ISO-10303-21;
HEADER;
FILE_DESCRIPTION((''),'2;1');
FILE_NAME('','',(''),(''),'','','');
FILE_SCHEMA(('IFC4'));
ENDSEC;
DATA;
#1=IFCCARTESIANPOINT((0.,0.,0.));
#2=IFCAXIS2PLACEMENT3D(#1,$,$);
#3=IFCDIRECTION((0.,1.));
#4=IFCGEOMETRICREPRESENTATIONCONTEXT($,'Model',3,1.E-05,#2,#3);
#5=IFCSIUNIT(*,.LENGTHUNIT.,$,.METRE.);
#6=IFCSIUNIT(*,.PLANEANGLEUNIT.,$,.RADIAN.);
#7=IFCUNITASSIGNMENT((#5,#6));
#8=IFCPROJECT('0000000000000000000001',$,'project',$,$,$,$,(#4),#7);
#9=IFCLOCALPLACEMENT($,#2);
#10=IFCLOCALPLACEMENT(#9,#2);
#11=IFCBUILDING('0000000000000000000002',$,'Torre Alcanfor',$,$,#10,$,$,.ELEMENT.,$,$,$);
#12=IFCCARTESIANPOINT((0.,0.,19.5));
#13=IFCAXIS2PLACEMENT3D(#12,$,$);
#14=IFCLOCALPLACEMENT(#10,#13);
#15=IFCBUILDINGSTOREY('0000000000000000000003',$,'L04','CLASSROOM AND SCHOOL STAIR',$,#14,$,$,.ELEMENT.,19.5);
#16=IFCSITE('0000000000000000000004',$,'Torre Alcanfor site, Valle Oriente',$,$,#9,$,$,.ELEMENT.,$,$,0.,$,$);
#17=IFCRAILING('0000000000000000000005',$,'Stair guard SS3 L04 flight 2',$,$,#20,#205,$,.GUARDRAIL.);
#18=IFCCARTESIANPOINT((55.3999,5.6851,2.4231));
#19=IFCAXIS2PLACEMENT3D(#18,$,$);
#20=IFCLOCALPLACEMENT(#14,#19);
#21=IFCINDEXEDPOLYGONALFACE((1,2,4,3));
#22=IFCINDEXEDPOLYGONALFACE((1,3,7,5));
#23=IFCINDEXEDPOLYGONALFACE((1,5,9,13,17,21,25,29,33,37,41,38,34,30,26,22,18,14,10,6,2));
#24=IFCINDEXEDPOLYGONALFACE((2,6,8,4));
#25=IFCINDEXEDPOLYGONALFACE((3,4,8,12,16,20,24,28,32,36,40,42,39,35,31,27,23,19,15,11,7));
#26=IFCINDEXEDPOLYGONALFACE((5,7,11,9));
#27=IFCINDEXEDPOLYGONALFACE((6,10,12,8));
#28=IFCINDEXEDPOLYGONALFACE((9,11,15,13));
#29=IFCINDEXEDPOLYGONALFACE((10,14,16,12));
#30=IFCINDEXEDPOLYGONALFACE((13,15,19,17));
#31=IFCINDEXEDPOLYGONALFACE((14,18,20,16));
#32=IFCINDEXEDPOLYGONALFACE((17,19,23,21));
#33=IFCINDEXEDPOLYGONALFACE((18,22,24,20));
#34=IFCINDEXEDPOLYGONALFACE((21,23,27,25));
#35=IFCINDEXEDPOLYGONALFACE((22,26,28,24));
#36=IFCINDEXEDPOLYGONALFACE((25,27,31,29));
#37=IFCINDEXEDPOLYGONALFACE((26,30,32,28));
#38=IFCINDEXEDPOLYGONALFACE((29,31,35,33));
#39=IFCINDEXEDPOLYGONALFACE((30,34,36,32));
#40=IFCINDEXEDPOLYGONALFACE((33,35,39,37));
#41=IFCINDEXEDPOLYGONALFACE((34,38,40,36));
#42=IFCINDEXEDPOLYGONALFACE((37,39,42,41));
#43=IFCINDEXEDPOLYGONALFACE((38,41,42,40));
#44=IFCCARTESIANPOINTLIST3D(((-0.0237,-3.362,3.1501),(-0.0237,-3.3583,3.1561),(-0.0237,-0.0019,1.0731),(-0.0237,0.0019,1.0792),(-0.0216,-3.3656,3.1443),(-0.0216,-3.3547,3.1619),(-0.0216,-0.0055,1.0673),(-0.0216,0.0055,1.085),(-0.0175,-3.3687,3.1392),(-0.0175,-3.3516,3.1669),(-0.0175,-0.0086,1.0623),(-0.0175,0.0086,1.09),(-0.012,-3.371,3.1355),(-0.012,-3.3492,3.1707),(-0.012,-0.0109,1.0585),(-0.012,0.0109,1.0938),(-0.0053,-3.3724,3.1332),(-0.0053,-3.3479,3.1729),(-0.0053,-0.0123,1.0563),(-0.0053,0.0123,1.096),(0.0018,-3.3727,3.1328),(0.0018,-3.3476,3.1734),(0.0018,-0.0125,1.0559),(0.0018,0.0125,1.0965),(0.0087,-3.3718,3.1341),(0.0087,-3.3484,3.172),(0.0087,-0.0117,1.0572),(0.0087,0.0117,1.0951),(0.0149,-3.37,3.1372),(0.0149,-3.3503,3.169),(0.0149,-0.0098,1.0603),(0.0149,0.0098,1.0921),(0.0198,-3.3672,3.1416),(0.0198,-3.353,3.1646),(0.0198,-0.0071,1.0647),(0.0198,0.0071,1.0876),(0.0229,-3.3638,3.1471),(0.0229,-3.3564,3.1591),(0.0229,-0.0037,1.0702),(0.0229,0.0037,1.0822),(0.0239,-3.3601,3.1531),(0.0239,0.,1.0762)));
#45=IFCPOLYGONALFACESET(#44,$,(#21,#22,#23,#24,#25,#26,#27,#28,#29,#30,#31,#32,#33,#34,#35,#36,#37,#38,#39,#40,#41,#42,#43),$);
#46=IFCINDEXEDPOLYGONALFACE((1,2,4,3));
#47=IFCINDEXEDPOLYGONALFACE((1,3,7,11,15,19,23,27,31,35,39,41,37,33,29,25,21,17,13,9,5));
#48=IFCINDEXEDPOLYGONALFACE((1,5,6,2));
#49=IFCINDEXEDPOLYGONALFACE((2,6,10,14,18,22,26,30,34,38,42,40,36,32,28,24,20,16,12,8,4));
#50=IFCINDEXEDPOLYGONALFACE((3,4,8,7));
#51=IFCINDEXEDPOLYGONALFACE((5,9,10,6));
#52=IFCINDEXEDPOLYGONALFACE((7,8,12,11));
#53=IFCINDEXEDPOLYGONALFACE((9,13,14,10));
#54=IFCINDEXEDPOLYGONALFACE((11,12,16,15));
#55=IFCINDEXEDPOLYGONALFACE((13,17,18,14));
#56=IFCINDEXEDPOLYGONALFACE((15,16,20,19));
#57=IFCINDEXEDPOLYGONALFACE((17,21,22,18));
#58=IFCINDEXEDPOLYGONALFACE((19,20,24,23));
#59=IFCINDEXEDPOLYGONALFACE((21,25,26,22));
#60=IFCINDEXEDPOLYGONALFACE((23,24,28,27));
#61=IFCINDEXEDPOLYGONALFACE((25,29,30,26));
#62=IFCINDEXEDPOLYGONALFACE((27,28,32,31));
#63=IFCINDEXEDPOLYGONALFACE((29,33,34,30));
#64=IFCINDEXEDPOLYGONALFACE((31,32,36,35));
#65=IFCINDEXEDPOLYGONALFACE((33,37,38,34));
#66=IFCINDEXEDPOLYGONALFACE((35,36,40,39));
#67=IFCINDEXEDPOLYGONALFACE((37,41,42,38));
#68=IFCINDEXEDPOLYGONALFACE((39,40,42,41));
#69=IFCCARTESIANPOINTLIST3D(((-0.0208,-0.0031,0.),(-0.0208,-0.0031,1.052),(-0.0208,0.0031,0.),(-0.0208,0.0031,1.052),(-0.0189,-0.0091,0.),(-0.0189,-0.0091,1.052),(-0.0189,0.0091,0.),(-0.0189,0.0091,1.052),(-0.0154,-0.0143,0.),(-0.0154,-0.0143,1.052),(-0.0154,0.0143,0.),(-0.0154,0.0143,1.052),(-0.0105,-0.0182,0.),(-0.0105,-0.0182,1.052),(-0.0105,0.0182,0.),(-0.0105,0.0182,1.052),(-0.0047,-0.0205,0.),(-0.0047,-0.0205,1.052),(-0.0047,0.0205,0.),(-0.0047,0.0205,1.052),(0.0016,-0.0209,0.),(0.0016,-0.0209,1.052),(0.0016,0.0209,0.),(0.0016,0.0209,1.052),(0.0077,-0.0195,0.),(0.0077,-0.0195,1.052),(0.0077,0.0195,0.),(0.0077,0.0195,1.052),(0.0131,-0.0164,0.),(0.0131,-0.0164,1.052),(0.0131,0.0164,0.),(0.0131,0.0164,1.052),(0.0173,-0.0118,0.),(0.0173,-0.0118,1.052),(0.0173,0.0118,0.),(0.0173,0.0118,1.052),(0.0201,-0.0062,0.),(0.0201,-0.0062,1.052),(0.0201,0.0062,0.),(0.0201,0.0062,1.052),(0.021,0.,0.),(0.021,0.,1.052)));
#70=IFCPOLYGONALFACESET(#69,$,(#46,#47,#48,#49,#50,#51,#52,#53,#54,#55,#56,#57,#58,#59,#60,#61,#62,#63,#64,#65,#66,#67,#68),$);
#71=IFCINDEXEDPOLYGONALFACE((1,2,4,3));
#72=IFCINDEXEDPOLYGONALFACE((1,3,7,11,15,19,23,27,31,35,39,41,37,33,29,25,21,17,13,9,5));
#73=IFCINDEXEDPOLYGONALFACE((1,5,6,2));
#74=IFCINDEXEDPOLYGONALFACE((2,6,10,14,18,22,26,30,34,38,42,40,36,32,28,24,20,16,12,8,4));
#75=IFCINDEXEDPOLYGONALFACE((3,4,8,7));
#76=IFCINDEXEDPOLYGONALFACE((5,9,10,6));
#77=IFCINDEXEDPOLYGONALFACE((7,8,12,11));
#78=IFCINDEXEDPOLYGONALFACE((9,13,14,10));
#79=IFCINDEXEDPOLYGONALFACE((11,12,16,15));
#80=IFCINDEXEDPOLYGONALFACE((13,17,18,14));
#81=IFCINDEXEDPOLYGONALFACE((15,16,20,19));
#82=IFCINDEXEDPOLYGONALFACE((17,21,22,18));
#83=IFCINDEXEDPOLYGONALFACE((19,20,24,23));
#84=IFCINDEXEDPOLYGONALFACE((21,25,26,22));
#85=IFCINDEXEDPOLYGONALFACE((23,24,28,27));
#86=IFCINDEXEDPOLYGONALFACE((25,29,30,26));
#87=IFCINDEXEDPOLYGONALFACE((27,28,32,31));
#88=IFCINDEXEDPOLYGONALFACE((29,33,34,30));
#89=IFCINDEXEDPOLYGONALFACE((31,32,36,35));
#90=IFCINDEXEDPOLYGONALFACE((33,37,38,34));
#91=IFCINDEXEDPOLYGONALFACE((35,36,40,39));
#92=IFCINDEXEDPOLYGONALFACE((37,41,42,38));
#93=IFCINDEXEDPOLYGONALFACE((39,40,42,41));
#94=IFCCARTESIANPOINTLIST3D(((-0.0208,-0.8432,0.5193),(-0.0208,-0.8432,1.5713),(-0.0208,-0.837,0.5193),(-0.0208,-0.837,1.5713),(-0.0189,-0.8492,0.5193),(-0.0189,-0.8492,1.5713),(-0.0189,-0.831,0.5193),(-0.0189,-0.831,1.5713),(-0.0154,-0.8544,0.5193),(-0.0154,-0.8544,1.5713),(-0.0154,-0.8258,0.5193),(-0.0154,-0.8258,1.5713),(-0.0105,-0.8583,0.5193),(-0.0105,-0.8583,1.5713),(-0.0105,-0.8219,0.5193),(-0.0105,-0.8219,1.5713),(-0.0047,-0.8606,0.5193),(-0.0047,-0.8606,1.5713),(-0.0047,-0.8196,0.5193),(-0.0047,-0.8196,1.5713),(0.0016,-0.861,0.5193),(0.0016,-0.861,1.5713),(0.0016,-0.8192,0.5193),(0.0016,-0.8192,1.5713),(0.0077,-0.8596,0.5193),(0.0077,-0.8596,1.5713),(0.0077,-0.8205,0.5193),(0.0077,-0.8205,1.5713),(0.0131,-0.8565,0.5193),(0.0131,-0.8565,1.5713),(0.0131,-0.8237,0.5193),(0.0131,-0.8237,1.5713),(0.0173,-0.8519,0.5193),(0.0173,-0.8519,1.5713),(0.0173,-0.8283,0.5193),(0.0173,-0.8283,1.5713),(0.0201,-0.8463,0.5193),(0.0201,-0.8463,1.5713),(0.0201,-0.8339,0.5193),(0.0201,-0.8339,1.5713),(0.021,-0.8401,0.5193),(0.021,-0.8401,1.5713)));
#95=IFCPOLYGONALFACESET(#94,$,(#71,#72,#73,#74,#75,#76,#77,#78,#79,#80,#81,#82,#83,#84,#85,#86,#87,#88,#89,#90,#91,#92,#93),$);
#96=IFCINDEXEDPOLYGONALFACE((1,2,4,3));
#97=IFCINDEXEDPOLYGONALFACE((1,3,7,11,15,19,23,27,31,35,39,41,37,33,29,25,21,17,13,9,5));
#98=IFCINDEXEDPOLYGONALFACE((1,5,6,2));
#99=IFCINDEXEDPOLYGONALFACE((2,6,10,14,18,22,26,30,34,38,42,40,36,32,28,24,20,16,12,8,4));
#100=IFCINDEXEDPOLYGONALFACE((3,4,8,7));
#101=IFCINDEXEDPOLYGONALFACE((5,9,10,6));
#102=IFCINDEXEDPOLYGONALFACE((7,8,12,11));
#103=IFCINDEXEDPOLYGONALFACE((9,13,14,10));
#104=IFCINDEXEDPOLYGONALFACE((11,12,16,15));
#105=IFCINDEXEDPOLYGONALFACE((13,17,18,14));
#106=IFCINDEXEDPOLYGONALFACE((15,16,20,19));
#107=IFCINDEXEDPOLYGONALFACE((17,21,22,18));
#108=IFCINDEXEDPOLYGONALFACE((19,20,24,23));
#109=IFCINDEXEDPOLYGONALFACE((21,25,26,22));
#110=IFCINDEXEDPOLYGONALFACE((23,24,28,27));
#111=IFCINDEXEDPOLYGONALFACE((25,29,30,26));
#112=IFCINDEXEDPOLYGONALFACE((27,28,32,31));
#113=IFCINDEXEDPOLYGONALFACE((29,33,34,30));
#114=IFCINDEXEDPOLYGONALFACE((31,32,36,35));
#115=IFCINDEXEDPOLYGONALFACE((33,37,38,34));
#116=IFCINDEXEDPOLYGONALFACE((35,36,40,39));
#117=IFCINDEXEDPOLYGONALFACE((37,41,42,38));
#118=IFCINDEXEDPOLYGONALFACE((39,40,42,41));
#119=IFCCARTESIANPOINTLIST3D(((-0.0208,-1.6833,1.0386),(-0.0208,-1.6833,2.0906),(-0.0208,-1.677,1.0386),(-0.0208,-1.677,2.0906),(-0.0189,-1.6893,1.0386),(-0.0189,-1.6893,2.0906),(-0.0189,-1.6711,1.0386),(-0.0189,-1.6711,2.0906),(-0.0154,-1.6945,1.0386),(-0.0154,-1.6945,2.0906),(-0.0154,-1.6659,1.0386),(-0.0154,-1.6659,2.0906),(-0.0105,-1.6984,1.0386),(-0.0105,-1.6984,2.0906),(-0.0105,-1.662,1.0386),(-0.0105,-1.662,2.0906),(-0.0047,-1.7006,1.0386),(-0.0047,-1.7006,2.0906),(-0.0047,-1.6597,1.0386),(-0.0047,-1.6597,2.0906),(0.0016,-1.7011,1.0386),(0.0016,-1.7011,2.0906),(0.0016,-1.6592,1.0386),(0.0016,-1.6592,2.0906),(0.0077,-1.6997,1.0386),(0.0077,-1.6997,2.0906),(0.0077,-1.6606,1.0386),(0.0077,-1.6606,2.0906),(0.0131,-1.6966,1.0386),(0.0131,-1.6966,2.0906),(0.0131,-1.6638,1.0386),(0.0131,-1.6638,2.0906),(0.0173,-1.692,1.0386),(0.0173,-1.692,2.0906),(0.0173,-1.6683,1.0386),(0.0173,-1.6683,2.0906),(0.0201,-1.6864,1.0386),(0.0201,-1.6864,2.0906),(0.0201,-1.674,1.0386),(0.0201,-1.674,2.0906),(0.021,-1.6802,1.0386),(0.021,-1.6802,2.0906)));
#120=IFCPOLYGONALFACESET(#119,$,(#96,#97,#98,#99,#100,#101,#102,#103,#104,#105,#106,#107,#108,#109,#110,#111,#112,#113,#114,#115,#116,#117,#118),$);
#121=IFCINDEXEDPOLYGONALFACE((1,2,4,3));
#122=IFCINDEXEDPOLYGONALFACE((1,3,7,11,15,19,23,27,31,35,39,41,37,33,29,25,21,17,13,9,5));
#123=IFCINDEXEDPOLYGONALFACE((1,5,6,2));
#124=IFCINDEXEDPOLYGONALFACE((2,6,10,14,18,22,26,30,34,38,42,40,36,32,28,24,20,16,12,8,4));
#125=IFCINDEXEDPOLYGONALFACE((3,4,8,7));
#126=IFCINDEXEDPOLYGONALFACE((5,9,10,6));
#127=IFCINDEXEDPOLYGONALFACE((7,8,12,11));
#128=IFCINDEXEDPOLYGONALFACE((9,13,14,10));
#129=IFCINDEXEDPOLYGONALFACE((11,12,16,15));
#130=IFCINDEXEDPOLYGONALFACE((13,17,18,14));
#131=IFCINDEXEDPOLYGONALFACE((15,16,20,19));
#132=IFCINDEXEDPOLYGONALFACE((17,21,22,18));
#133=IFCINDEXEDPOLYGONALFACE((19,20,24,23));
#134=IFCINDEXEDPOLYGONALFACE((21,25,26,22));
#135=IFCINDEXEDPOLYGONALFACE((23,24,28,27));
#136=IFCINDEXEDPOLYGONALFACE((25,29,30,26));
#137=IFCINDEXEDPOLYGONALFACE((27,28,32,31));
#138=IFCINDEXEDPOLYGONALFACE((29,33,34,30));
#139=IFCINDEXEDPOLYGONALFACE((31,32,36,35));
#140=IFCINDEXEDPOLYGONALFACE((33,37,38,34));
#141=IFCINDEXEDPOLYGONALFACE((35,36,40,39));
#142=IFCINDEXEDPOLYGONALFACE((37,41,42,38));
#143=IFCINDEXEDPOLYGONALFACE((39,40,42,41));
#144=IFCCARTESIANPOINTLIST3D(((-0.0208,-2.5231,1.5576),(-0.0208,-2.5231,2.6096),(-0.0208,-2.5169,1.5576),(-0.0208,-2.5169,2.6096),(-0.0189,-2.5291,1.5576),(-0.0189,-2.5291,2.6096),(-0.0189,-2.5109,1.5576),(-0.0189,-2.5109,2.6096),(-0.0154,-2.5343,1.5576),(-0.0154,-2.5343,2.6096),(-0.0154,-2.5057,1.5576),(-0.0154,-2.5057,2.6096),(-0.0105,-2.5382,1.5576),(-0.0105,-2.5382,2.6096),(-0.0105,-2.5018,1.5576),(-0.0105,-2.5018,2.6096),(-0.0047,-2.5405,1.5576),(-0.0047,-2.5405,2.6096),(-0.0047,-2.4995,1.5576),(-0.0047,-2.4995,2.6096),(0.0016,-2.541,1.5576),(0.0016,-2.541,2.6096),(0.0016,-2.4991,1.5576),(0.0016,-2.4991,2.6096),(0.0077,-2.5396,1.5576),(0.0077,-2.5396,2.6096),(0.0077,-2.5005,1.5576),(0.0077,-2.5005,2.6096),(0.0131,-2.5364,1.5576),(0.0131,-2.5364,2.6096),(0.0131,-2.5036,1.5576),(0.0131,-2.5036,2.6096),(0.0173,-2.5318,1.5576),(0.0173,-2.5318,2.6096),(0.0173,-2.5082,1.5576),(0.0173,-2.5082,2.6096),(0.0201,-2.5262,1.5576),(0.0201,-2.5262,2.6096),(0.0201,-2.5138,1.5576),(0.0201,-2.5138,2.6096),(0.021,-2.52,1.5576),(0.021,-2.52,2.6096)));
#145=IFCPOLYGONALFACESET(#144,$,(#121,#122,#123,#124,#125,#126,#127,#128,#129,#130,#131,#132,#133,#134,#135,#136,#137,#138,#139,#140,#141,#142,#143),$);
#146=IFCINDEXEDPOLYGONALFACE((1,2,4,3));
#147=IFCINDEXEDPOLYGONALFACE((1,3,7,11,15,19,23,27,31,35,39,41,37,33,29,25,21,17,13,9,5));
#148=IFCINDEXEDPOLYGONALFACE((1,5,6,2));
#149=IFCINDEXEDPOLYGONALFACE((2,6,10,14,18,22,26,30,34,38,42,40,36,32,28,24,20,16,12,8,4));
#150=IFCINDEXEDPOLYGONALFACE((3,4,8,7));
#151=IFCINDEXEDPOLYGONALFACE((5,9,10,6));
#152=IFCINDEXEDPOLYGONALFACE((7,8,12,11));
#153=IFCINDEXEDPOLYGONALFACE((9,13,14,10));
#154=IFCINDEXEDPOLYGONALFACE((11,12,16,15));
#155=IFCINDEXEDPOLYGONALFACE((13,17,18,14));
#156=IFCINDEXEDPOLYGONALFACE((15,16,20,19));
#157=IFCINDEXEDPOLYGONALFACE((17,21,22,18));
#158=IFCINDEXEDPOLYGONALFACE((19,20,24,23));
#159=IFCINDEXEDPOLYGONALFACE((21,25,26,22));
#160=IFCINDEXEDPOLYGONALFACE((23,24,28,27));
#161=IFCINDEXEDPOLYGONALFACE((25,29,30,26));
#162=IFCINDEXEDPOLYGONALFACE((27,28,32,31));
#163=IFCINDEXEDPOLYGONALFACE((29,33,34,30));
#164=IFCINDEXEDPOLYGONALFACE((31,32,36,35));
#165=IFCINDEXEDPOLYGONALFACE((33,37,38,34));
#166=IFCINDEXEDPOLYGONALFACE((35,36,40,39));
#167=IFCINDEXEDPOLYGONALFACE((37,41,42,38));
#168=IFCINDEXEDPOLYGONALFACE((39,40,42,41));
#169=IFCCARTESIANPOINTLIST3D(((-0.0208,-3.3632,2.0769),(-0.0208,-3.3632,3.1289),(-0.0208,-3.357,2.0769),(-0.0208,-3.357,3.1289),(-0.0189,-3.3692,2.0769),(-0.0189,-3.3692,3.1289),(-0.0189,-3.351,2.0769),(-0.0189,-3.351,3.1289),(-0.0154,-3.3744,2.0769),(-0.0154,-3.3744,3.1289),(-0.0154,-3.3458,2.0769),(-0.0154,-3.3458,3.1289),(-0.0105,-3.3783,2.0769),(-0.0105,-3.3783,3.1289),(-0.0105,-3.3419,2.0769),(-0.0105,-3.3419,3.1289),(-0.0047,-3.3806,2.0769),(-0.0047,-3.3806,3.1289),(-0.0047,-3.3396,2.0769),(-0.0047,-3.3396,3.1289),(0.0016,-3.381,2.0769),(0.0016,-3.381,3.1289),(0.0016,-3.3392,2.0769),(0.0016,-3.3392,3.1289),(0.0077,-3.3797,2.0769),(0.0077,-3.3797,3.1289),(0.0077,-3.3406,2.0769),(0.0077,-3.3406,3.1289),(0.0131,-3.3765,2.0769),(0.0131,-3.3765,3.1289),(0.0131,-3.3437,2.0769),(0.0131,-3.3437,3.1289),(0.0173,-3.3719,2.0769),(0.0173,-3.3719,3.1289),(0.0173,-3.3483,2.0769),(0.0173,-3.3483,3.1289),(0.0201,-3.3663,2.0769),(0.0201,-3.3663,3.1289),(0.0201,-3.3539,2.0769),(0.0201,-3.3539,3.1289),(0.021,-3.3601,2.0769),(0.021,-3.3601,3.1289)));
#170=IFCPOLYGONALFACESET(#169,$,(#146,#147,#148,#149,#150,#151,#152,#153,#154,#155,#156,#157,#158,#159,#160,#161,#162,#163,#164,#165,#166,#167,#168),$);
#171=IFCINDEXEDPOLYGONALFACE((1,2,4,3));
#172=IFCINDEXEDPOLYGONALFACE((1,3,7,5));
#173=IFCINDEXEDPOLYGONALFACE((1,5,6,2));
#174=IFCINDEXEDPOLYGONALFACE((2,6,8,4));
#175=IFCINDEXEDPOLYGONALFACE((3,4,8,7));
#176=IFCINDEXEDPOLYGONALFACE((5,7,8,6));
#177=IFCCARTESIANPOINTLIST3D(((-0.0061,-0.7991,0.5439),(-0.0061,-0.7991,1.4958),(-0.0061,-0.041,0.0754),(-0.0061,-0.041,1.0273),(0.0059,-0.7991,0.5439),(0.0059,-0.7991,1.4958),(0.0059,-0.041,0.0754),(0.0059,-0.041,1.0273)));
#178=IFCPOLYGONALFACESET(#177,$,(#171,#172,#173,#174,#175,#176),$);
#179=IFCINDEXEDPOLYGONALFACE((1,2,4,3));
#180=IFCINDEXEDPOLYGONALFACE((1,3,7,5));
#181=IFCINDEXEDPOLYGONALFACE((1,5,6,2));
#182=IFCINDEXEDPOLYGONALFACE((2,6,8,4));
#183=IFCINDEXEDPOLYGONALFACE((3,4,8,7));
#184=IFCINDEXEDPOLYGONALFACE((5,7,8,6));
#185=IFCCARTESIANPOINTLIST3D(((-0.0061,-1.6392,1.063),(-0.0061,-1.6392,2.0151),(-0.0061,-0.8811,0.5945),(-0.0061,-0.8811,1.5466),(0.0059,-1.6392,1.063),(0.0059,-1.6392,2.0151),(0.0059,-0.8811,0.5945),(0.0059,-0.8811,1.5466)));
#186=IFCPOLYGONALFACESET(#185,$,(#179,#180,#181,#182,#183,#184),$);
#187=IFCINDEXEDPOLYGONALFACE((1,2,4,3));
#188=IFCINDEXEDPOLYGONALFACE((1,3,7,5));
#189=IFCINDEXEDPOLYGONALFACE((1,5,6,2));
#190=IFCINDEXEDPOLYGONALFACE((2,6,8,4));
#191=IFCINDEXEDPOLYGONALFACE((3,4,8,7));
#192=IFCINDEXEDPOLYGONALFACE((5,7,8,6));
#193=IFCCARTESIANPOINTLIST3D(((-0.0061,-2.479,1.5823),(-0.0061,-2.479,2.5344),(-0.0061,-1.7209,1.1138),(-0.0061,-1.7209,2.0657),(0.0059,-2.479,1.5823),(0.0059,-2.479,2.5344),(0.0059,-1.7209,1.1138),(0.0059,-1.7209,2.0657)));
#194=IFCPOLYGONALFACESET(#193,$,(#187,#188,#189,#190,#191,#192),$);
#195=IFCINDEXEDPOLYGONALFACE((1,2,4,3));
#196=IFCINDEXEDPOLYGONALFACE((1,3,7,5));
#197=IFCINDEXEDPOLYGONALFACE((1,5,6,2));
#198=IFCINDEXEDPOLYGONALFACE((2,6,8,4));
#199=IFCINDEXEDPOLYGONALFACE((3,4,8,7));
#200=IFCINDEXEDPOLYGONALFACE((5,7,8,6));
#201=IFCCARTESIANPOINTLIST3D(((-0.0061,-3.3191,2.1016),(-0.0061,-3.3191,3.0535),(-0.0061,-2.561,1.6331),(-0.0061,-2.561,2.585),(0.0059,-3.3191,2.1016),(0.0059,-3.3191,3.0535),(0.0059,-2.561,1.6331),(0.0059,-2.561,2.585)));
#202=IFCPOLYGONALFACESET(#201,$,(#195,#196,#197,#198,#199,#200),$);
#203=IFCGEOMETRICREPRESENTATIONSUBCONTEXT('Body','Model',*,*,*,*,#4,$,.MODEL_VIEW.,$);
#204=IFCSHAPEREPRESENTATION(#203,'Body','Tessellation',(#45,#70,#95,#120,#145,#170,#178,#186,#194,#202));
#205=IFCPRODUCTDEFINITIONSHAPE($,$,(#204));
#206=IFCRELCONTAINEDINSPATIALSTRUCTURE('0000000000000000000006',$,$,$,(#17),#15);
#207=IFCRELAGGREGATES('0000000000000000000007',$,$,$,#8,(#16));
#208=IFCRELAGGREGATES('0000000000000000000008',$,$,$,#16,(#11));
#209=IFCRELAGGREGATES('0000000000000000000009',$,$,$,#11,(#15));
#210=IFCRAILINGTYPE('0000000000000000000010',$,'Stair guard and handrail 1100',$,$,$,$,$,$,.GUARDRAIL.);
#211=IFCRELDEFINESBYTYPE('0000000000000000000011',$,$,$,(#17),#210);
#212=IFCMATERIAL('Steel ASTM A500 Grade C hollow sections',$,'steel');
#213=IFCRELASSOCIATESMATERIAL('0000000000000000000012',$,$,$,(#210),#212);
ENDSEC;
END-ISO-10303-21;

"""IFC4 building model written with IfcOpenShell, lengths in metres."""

from ifc_helpers import new_model, si_unit, direction, frame, origin, origin_2d, place, context, subcontext, project, spatial, polyline, circle, outline, extrude, material, type_object, element, save


model = new_model("IFC4")

# Units and contexts
model_context = context("Model", 3, precision=1e-05, world=origin(), true_north=direction((0.0, 1.0)))
body_context = subcontext(model_context, "Body", "Model", "MODEL_VIEW")
ifc_project = project(units=[si_unit("LENGTHUNIT", "METRE"), si_unit("PLANEANGLEUNIT", "RADIAN")], contexts=[model_context])

# Site, building, storey
site_placement = place(None, origin())
site = spatial("IfcSite", under=ifc_project, at=site_placement, Name="Torre Alcanfor site, Valle Oriente", CompositionType="ELEMENT", RefElevation=0.0)
building_placement = place(site_placement, origin())
building = spatial("IfcBuilding", under=site, at=building_placement, Name="Torre Alcanfor", CompositionType="ELEMENT")
storey_placement = place(building_placement, frame((0.0, 0.0, 19.5)))
storey = spatial("IfcBuildingStorey", under=building, at=storey_placement, Name="L04", Description="CLASSROOM AND SCHOOL STAIR", CompositionType="ELEMENT", Elevation=19.5)

# Railing
ifc_material_1 = material(Name="Steel ASTM A500 Grade C hollow sections", Category="steel")
railing_type_1 = type_object("IfcRailingType", Name="Stair guard and handrail 1100", PredefinedType="GUARDRAIL", material=ifc_material_1)
railing_1_placement = place(storey_placement, frame((55.3999, 5.6851, 2.4231)))
element("IfcRailing", 1, at=railing_1_placement, inside=storey, type_object=railing_type_1, Name="Stair guard SS3 L04 flight 2", PredefinedType="GUARDRAIL", context=body_context, shape_type="SweptSolid", body=[
    extrude(circle(Radius=0.0239, at=origin_2d()), frame((0.0, 0.0, 1.0762), z_axis=(0.0, -0.850623, 0.525776), x_axis=(1.0, 0.0, 0.0)), (0.0, 0.0, 1.0), 3.9502),
    extrude(circle(Radius=0.021, at=origin_2d()), origin(), (0.0, 0.0, 1.0), 1.052),
    extrude(circle(Radius=0.021, at=origin_2d()), frame((0.0, -0.8401, 0.5193)), (0.0, 0.0, 1.0), 1.052),
    extrude(circle(Radius=0.021, at=origin_2d()), frame((0.0, -1.6802, 1.0386)), (0.0, 0.0, 1.0), 1.052),
    extrude(circle(Radius=0.021, at=origin_2d()), frame((0.0, -2.52, 1.5576)), (0.0, 0.0, 1.0), 1.052),
    extrude(circle(Radius=0.021, at=origin_2d()), frame((0.0, -3.3601, 2.0769)), (0.0, 0.0, 1.0), 1.052),
    extrude(outline(polyline([(0.041, 0.0754), (0.7991, 0.5439), (0.7991, 1.4958), (0.041, 1.0273), (0.041, 0.0754)])), frame((0.0059, 0.0, 0.0), z_axis=(-1.0, 0.0, 0.0), x_axis=(0.0, -1.0, 0.0)), (0.0, 0.0, 1.0), 0.012),
    extrude(outline(polyline([(0.8811, 0.5945), (1.6392, 1.063), (1.6392, 2.0151), (0.8811, 1.5466), (0.8811, 0.5945)])), frame((0.0059, 0.0, 0.0), z_axis=(-1.0, 0.0, 0.0), x_axis=(0.0, -1.0, 0.0)), (0.0, 0.0, 1.0), 0.012),
    extrude(outline(polyline([(1.7209, 1.1138), (2.479, 1.5823), (2.479, 2.5344), (1.7209, 2.0657), (1.7209, 1.1138)])), frame((0.0059, 0.0, 0.0), z_axis=(-1.0, 0.0, 0.0), x_axis=(0.0, -1.0, 0.0)), (0.0, 0.0, 1.0), 0.012),
    extrude(outline(polyline([(2.561, 1.6331), (3.3191, 2.1016), (3.3191, 3.0535), (2.561, 2.585), (2.561, 1.6331)])), frame((0.0059, 0.0, 0.0), z_axis=(-1.0, 0.0, 0.0), x_axis=(0.0, -1.0, 0.0)), (0.0, 0.0, 1.0), 0.012),
])

save(model, "model.ifc")
